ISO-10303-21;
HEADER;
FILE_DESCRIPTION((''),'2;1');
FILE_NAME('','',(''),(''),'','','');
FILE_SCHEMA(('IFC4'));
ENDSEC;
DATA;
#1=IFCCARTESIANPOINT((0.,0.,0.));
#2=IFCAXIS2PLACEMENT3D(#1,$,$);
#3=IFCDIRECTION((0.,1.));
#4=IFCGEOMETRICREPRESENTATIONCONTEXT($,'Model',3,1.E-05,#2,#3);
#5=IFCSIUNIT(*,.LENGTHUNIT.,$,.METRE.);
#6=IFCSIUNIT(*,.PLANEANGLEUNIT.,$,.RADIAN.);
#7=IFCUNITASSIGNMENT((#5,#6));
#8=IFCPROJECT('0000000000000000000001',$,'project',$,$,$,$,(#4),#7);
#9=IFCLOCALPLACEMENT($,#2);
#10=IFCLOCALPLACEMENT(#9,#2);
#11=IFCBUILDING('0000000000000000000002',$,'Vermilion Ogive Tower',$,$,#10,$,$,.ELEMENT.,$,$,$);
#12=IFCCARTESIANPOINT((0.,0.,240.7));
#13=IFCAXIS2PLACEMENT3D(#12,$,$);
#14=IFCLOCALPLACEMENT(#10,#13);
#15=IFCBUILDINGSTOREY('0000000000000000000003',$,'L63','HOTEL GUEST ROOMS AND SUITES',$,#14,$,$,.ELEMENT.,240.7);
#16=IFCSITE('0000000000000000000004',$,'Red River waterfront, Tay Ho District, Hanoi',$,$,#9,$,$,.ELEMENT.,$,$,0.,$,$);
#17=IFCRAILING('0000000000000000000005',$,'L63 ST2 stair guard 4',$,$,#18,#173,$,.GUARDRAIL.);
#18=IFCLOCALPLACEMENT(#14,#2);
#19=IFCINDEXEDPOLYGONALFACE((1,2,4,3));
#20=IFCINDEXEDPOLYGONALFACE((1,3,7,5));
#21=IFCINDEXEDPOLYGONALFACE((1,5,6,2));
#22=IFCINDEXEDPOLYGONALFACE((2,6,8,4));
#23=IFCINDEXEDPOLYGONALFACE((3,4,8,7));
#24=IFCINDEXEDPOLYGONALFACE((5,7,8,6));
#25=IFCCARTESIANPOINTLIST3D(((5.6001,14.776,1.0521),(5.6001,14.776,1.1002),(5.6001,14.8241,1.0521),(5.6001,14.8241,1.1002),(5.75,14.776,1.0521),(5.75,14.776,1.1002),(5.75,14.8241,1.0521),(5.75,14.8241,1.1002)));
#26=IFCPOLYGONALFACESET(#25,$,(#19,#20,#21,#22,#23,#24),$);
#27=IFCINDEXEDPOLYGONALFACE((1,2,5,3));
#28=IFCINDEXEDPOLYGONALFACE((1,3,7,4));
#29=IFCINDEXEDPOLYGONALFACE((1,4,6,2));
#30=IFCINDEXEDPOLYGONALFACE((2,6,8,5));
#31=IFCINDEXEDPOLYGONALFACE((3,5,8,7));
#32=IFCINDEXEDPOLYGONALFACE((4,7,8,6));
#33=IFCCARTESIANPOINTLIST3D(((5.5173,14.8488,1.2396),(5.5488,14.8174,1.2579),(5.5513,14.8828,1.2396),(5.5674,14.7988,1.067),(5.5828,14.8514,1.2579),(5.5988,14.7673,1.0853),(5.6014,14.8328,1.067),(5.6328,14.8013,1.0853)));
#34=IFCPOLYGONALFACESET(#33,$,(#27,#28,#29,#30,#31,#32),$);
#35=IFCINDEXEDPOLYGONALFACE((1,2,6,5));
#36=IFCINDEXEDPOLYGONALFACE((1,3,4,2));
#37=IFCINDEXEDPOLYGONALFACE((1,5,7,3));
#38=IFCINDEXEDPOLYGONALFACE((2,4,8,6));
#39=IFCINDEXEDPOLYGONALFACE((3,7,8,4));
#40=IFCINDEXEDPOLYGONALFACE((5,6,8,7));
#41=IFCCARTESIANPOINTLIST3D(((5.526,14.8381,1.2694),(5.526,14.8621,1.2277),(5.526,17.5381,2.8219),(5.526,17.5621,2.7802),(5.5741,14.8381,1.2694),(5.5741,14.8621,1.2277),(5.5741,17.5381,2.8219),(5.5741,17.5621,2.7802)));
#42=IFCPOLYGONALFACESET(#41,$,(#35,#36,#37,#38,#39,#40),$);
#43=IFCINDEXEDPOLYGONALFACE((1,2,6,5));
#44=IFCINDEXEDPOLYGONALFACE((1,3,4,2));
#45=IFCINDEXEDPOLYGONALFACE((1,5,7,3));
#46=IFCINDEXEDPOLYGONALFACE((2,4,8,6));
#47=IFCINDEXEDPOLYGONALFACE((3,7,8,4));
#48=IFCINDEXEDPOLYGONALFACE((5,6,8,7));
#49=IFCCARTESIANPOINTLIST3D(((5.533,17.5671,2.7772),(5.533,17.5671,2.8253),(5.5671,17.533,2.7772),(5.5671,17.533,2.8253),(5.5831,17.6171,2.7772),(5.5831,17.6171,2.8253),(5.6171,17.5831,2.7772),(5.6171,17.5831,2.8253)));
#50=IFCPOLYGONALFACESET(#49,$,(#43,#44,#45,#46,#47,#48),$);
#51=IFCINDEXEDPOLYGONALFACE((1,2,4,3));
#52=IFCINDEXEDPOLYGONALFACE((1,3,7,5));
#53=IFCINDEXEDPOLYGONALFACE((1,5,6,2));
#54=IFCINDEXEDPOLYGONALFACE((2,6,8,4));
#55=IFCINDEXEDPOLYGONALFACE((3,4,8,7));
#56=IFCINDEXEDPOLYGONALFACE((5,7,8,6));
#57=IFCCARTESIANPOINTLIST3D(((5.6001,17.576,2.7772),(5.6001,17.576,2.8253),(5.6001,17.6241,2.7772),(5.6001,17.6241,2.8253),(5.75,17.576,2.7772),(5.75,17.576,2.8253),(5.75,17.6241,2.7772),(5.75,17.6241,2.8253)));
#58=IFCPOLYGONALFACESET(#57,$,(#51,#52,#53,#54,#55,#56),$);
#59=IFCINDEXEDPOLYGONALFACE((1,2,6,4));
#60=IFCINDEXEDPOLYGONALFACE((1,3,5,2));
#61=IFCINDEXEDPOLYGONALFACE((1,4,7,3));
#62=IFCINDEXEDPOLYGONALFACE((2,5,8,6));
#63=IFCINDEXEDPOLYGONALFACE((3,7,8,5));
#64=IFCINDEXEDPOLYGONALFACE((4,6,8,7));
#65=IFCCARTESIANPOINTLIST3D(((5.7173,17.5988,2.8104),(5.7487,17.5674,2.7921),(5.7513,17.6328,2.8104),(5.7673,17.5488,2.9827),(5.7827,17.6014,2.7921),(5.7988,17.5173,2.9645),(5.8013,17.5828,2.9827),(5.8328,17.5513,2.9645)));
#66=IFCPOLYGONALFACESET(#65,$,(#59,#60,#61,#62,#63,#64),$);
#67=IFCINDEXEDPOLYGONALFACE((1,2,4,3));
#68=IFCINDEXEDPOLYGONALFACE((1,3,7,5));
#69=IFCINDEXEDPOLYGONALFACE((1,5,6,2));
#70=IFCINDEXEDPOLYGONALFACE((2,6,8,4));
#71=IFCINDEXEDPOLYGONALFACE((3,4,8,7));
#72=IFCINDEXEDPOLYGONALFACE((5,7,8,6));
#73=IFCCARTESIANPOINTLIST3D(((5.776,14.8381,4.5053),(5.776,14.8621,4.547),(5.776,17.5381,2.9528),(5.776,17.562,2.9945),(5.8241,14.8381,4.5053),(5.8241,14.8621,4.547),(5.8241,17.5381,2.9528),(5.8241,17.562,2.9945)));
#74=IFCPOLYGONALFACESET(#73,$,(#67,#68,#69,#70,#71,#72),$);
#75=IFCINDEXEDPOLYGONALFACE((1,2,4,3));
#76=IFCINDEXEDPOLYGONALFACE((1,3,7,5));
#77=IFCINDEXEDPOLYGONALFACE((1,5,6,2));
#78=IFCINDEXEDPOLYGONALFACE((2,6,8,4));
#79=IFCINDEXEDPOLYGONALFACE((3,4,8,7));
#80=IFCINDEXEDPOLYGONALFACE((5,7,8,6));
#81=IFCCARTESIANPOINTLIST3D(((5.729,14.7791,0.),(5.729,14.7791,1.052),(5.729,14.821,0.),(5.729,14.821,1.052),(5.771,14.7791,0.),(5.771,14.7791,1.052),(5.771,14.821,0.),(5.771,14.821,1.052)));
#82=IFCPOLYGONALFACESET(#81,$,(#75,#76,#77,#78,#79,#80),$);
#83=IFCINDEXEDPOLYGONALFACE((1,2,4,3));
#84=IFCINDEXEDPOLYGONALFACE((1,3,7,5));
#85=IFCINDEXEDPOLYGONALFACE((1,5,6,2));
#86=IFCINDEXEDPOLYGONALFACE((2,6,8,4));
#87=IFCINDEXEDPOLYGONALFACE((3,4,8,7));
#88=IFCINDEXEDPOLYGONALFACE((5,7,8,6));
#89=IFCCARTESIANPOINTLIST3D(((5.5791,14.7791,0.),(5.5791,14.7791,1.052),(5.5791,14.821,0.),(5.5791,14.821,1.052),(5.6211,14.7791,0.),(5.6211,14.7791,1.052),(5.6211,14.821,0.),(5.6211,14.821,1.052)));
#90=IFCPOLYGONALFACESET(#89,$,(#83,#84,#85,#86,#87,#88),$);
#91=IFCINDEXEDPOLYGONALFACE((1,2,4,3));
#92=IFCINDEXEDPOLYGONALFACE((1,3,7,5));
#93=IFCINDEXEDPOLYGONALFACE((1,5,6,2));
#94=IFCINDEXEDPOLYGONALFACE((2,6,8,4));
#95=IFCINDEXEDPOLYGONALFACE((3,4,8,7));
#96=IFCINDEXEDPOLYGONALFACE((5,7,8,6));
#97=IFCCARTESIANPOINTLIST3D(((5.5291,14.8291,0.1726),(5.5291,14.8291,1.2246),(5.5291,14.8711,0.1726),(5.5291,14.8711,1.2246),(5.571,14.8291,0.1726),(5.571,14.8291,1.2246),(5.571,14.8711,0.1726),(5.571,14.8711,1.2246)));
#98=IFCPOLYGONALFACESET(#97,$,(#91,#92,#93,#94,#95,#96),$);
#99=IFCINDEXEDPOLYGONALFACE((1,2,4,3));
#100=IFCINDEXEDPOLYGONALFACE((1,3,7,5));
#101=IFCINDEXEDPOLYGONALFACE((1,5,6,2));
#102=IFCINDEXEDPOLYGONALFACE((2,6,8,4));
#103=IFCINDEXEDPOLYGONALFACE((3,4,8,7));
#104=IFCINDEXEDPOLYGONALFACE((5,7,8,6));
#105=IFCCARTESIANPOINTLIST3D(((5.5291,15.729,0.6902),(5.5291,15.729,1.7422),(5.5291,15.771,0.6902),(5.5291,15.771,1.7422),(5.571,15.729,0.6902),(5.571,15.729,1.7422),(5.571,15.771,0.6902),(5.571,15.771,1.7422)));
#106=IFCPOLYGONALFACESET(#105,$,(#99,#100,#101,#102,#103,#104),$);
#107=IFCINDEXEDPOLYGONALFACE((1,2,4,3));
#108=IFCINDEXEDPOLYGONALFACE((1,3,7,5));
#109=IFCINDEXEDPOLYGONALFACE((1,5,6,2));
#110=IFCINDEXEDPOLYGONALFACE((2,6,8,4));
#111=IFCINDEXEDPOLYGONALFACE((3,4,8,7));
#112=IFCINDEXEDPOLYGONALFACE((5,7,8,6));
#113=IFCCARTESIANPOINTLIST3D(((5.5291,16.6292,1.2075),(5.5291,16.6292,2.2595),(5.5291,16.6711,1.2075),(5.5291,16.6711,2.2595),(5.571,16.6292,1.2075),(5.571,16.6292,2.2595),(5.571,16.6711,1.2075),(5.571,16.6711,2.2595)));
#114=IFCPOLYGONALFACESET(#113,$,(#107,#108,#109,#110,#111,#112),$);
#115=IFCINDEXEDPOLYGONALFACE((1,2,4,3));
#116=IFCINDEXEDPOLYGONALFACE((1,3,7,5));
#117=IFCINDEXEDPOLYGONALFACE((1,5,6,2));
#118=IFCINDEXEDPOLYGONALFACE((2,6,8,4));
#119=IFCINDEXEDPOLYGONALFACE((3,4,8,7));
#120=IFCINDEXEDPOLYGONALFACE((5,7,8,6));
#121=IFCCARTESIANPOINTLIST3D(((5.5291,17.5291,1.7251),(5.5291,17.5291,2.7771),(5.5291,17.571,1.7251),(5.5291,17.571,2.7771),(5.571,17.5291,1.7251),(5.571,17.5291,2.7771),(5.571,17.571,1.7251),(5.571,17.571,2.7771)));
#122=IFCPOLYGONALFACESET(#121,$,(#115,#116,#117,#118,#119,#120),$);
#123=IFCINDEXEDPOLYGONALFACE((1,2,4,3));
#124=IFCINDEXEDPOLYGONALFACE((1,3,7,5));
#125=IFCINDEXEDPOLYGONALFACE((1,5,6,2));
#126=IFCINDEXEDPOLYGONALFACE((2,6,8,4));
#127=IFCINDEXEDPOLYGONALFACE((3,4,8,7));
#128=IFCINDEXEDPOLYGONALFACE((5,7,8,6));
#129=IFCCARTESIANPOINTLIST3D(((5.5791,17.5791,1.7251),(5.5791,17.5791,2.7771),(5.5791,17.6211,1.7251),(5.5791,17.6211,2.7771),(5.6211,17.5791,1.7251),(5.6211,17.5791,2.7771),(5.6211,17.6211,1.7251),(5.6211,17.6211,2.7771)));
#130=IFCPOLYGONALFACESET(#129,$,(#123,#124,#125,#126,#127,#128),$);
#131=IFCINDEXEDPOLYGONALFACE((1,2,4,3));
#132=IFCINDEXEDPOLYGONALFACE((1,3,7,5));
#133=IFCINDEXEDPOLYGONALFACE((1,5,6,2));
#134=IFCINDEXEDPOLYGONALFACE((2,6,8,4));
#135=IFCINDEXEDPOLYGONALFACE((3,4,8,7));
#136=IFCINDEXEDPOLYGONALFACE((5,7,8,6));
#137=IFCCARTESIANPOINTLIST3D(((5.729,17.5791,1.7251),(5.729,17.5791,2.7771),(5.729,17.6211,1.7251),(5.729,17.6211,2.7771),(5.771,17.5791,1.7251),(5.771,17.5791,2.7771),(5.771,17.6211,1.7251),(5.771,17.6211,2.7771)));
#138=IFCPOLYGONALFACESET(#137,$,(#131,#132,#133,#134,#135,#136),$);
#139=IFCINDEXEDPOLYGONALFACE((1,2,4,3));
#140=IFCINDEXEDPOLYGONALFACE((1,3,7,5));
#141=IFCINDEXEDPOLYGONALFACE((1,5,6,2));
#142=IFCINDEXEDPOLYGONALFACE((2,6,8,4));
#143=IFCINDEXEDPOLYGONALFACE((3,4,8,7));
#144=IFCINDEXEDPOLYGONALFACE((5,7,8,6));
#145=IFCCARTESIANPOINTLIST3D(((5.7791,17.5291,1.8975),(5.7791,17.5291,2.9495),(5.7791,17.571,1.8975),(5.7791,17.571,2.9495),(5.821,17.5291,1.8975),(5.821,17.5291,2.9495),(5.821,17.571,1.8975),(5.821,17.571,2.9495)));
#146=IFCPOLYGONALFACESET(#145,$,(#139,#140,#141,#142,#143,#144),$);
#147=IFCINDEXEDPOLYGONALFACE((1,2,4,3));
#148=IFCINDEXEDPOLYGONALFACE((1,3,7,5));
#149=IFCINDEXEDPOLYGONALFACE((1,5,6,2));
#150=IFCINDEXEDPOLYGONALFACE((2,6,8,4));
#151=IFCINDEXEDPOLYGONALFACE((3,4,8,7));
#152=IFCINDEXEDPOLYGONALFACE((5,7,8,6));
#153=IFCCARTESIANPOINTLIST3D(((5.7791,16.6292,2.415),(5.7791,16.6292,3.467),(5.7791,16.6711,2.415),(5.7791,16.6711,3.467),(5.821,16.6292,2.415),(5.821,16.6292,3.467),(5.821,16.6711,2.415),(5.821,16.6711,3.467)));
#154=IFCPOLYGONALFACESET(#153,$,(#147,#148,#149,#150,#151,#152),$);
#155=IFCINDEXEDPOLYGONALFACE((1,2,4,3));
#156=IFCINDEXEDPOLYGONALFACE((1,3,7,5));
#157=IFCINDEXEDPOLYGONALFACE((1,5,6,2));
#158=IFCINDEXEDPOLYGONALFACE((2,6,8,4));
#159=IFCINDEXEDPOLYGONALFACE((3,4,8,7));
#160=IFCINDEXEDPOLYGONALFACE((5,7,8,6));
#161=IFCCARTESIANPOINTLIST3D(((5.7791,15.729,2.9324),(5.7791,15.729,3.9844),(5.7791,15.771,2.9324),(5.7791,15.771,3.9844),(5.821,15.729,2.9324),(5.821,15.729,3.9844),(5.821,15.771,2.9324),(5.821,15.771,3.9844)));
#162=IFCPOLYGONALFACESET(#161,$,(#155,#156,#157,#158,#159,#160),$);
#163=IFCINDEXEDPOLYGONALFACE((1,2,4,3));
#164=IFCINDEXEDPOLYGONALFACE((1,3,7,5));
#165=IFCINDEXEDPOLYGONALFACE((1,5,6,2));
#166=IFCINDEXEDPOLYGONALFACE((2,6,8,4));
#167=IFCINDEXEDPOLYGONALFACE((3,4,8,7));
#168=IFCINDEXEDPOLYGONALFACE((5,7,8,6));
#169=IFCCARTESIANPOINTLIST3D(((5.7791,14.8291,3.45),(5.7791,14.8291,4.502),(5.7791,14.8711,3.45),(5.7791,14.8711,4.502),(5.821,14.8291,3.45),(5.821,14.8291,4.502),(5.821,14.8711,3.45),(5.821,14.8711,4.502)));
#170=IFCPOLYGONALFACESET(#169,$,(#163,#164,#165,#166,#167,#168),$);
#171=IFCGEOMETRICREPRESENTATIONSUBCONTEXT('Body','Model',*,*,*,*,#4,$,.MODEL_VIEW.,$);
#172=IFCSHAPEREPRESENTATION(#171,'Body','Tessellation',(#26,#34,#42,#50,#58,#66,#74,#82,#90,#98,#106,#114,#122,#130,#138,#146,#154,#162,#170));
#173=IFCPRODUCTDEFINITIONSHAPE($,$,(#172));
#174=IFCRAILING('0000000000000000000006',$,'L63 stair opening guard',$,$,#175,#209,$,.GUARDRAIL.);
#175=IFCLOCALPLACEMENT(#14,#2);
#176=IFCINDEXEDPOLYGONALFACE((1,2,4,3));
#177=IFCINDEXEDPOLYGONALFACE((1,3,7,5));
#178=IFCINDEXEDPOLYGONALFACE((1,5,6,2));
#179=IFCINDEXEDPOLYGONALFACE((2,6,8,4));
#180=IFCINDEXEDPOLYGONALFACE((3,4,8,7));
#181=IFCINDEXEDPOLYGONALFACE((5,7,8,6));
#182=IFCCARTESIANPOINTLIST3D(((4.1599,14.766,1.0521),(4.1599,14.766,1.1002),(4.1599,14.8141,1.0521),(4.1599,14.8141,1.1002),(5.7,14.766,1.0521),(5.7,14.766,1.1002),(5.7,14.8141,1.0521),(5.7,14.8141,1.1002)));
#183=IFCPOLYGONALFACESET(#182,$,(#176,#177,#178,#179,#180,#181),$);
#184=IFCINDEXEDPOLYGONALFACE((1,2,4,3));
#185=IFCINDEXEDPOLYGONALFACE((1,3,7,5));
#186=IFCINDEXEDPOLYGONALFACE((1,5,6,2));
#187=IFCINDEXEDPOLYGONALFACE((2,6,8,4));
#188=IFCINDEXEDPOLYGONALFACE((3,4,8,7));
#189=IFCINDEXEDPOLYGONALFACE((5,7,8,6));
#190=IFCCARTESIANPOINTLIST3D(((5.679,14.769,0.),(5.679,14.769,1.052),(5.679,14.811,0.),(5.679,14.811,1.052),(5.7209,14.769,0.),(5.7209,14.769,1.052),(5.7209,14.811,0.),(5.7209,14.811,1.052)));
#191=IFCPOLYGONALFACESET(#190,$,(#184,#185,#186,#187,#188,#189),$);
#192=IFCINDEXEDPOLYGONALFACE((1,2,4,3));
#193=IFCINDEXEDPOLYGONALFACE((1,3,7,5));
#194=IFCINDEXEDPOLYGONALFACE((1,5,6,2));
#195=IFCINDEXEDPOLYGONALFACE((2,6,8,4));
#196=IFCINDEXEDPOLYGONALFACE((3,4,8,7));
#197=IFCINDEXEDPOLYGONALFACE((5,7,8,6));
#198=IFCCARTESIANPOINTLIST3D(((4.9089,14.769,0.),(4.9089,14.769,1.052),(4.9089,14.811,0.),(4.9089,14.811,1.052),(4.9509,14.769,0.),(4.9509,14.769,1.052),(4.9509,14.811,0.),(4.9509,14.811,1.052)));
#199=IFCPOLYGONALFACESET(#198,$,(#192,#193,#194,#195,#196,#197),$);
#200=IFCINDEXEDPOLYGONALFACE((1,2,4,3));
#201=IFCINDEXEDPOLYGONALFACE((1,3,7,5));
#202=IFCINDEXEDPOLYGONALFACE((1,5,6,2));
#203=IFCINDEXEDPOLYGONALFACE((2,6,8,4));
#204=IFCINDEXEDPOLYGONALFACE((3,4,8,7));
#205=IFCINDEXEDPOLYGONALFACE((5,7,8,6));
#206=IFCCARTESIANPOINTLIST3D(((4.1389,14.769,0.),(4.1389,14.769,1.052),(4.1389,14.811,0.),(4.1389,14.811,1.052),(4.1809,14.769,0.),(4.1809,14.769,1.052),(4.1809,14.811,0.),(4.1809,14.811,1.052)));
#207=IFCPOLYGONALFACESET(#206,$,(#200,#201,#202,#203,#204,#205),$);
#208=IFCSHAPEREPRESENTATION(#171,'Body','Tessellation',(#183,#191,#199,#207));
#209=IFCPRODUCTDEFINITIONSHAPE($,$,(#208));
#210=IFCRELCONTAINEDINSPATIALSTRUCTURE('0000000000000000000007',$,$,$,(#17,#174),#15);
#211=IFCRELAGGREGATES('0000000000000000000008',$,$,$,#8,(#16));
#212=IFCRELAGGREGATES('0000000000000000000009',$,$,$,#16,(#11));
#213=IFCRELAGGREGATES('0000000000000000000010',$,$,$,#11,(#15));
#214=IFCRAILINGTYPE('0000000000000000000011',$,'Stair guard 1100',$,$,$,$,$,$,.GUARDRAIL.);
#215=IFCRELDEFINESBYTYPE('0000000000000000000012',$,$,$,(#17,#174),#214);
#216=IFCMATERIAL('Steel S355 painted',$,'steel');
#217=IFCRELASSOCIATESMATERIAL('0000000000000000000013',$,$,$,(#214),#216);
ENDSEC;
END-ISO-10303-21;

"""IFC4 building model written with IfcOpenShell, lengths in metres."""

from ifc_helpers import new_model, si_unit, direction, frame, origin, origin_2d, place, context, subcontext, project, spatial, rectangle, extrude, material, type_object, element, save


model = new_model("IFC4")

# Units and contexts
model_context = context("Model", 3, precision=1e-05, world=origin(), true_north=direction((0.0, 1.0)))
body_context = subcontext(model_context, "Body", "Model", "MODEL_VIEW")
ifc_project = project(units=[si_unit("LENGTHUNIT", "METRE"), si_unit("PLANEANGLEUNIT", "RADIAN")], contexts=[model_context])

# Site, building, storey
site_placement = place(None, origin())
site = spatial("IfcSite", under=ifc_project, at=site_placement, Name="Red River waterfront, Tay Ho District, Hanoi", CompositionType="ELEMENT", RefElevation=0.0)
building_placement = place(site_placement, origin())
building = spatial("IfcBuilding", under=site, at=building_placement, Name="Vermilion Ogive Tower", CompositionType="ELEMENT")
storey_placement = place(building_placement, frame((0.0, 0.0, 240.7)))
storey = spatial("IfcBuildingStorey", under=building, at=storey_placement, Name="L63", Description="HOTEL GUEST ROOMS AND SUITES", CompositionType="ELEMENT", Elevation=240.7)

# Railings
ifc_material_1 = material(Name="Steel S355 painted", Category="steel")
railing_type_1 = type_object("IfcRailingType", Name="Stair guard 1100", PredefinedType="GUARDRAIL", material=ifc_material_1)
railing_1_placement = place(storey_placement, frame((5.75, 14.8, 0.0)))
element("IfcRailing", 1, at=railing_1_placement, inside=storey, type_object=railing_type_1, Name="L63 ST2 stair guard 4", PredefinedType="GUARDRAIL", context=body_context, shape_type="SweptSolid", body=[
    extrude(rectangle(XDim=0.0481, YDim=0.0481, at=origin_2d()), frame((0.0, 0.0, 1.0762), z_axis=(-1.0, 0.0, 0.0), x_axis=(0.0, -1.0, 0.0)), (0.0, 0.0, 1.0), 0.1499),
    extrude(rectangle(XDim=0.0481, YDim=0.0481, at=origin_2d()), frame((-0.1499, 0.0, 1.0762), z_axis=(-0.268278, 0.268278, 0.925232), x_axis=(-0.707107, -0.707107, 0.0)), (0.0, 0.0, 1.0), 0.1865),
    extrude(rectangle(XDim=0.0481, YDim=0.0481, at=origin_2d()), frame((-0.2, 0.05, 1.2485), z_axis=(0.0, 0.866904, 0.498476), x_axis=(-1.0, 0.0, 0.0)), (0.0, 0.0, 1.0), 3.1145),
    extrude(rectangle(XDim=0.0481, YDim=0.0481, at=origin_2d()), frame((-0.2, 2.75, 2.8013), z_axis=(0.707107, 0.707107, 0.0), x_axis=(-0.707107, 0.707107, 0.0)), (0.0, 0.0, 1.0), 0.0708),
    extrude(rectangle(XDim=0.0481, YDim=0.0481, at=origin_2d()), frame((-0.1499, 2.8, 2.8013), z_axis=(1.0, 0.0, 0.0), x_axis=(0.0, 1.0, 0.0)), (0.0, 0.0, 1.0), 0.1499),
    extrude(rectangle(XDim=0.0481, YDim=0.0481, at=origin_2d()), frame((0.0, 2.8, 2.8013), z_axis=(0.268603, -0.268603, 0.925043), x_axis=(0.707107, 0.707107, 0.0)), (0.0, 0.0, 1.0), 0.1863),
    extrude(rectangle(XDim=0.0481, YDim=0.0481, at=origin_2d()), frame((0.05, 2.75, 2.9736), z_axis=(0.0, -0.866904, 0.498476), x_axis=(1.0, 0.0, 0.0)), (0.0, 0.0, 1.0), 3.1145),
    extrude(rectangle(XDim=0.042, YDim=0.042, at=origin_2d()), origin(), (0.0, 0.0, 1.0), 1.052),
    extrude(rectangle(XDim=0.042, YDim=0.042, at=origin_2d()), frame((-0.1499, 0.0, 0.0)), (0.0, 0.0, 1.0), 1.052),
    extrude(rectangle(XDim=0.042, YDim=0.042, at=origin_2d()), frame((-0.2, 0.05, 0.1726)), (0.0, 0.0, 1.0), 1.052),
    extrude(rectangle(XDim=0.042, YDim=0.042, at=origin_2d()), frame((-0.2, 0.95, 0.6902)), (0.0, 0.0, 1.0), 1.052),
    extrude(rectangle(XDim=0.042, YDim=0.042, at=origin_2d()), frame((-0.2, 1.8501, 1.2075)), (0.0, 0.0, 1.0), 1.052),
    extrude(rectangle(XDim=0.042, YDim=0.042, at=origin_2d()), frame((-0.2, 2.75, 1.7251)), (0.0, 0.0, 1.0), 1.052),
    extrude(rectangle(XDim=0.042, YDim=0.042, at=origin_2d()), frame((-0.1499, 2.8, 1.7251)), (0.0, 0.0, 1.0), 1.052),
    extrude(rectangle(XDim=0.042, YDim=0.042, at=origin_2d()), frame((0.0, 2.8, 1.7251)), (0.0, 0.0, 1.0), 1.052),
    extrude(rectangle(XDim=0.042, YDim=0.042, at=origin_2d()), frame((0.05, 2.75, 1.8975)), (0.0, 0.0, 1.0), 1.052),
    extrude(rectangle(XDim=0.042, YDim=0.042, at=origin_2d()), frame((0.05, 1.8501, 2.415)), (0.0, 0.0, 1.0), 1.052),
    extrude(rectangle(XDim=0.042, YDim=0.042, at=origin_2d()), frame((0.05, 0.95, 2.9324)), (0.0, 0.0, 1.0), 1.052),
    extrude(rectangle(XDim=0.042, YDim=0.042, at=origin_2d()), frame((0.05, 0.05, 3.45)), (0.0, 0.0, 1.0), 1.052),
])
railing_2_placement = place(storey_placement, frame((5.7, 14.79, 0.0)))
element("IfcRailing", 2, at=railing_2_placement, inside=storey, type_object=railing_type_1, Name="L63 stair opening guard", PredefinedType="GUARDRAIL", context=body_context, shape_type="SweptSolid", body=[
    extrude(rectangle(XDim=0.0481, YDim=0.0481, at=origin_2d()), frame((0.0, 0.0, 1.0762), z_axis=(-1.0, 0.0, 0.0), x_axis=(0.0, -1.0, 0.0)), (0.0, 0.0, 1.0), 1.54),
    extrude(rectangle(XDim=0.042, YDim=0.042, at=origin_2d()), origin(), (0.0, 0.0, 1.0), 1.052),
    extrude(rectangle(XDim=0.042, YDim=0.042, at=origin_2d()), frame((-0.77, 0.0, 0.0)), (0.0, 0.0, 1.0), 1.052),
    extrude(rectangle(XDim=0.042, YDim=0.042, at=origin_2d()), frame((-1.54, 0.0, 0.0)), (0.0, 0.0, 1.0), 1.052),
])

save(model, "model.ifc")
